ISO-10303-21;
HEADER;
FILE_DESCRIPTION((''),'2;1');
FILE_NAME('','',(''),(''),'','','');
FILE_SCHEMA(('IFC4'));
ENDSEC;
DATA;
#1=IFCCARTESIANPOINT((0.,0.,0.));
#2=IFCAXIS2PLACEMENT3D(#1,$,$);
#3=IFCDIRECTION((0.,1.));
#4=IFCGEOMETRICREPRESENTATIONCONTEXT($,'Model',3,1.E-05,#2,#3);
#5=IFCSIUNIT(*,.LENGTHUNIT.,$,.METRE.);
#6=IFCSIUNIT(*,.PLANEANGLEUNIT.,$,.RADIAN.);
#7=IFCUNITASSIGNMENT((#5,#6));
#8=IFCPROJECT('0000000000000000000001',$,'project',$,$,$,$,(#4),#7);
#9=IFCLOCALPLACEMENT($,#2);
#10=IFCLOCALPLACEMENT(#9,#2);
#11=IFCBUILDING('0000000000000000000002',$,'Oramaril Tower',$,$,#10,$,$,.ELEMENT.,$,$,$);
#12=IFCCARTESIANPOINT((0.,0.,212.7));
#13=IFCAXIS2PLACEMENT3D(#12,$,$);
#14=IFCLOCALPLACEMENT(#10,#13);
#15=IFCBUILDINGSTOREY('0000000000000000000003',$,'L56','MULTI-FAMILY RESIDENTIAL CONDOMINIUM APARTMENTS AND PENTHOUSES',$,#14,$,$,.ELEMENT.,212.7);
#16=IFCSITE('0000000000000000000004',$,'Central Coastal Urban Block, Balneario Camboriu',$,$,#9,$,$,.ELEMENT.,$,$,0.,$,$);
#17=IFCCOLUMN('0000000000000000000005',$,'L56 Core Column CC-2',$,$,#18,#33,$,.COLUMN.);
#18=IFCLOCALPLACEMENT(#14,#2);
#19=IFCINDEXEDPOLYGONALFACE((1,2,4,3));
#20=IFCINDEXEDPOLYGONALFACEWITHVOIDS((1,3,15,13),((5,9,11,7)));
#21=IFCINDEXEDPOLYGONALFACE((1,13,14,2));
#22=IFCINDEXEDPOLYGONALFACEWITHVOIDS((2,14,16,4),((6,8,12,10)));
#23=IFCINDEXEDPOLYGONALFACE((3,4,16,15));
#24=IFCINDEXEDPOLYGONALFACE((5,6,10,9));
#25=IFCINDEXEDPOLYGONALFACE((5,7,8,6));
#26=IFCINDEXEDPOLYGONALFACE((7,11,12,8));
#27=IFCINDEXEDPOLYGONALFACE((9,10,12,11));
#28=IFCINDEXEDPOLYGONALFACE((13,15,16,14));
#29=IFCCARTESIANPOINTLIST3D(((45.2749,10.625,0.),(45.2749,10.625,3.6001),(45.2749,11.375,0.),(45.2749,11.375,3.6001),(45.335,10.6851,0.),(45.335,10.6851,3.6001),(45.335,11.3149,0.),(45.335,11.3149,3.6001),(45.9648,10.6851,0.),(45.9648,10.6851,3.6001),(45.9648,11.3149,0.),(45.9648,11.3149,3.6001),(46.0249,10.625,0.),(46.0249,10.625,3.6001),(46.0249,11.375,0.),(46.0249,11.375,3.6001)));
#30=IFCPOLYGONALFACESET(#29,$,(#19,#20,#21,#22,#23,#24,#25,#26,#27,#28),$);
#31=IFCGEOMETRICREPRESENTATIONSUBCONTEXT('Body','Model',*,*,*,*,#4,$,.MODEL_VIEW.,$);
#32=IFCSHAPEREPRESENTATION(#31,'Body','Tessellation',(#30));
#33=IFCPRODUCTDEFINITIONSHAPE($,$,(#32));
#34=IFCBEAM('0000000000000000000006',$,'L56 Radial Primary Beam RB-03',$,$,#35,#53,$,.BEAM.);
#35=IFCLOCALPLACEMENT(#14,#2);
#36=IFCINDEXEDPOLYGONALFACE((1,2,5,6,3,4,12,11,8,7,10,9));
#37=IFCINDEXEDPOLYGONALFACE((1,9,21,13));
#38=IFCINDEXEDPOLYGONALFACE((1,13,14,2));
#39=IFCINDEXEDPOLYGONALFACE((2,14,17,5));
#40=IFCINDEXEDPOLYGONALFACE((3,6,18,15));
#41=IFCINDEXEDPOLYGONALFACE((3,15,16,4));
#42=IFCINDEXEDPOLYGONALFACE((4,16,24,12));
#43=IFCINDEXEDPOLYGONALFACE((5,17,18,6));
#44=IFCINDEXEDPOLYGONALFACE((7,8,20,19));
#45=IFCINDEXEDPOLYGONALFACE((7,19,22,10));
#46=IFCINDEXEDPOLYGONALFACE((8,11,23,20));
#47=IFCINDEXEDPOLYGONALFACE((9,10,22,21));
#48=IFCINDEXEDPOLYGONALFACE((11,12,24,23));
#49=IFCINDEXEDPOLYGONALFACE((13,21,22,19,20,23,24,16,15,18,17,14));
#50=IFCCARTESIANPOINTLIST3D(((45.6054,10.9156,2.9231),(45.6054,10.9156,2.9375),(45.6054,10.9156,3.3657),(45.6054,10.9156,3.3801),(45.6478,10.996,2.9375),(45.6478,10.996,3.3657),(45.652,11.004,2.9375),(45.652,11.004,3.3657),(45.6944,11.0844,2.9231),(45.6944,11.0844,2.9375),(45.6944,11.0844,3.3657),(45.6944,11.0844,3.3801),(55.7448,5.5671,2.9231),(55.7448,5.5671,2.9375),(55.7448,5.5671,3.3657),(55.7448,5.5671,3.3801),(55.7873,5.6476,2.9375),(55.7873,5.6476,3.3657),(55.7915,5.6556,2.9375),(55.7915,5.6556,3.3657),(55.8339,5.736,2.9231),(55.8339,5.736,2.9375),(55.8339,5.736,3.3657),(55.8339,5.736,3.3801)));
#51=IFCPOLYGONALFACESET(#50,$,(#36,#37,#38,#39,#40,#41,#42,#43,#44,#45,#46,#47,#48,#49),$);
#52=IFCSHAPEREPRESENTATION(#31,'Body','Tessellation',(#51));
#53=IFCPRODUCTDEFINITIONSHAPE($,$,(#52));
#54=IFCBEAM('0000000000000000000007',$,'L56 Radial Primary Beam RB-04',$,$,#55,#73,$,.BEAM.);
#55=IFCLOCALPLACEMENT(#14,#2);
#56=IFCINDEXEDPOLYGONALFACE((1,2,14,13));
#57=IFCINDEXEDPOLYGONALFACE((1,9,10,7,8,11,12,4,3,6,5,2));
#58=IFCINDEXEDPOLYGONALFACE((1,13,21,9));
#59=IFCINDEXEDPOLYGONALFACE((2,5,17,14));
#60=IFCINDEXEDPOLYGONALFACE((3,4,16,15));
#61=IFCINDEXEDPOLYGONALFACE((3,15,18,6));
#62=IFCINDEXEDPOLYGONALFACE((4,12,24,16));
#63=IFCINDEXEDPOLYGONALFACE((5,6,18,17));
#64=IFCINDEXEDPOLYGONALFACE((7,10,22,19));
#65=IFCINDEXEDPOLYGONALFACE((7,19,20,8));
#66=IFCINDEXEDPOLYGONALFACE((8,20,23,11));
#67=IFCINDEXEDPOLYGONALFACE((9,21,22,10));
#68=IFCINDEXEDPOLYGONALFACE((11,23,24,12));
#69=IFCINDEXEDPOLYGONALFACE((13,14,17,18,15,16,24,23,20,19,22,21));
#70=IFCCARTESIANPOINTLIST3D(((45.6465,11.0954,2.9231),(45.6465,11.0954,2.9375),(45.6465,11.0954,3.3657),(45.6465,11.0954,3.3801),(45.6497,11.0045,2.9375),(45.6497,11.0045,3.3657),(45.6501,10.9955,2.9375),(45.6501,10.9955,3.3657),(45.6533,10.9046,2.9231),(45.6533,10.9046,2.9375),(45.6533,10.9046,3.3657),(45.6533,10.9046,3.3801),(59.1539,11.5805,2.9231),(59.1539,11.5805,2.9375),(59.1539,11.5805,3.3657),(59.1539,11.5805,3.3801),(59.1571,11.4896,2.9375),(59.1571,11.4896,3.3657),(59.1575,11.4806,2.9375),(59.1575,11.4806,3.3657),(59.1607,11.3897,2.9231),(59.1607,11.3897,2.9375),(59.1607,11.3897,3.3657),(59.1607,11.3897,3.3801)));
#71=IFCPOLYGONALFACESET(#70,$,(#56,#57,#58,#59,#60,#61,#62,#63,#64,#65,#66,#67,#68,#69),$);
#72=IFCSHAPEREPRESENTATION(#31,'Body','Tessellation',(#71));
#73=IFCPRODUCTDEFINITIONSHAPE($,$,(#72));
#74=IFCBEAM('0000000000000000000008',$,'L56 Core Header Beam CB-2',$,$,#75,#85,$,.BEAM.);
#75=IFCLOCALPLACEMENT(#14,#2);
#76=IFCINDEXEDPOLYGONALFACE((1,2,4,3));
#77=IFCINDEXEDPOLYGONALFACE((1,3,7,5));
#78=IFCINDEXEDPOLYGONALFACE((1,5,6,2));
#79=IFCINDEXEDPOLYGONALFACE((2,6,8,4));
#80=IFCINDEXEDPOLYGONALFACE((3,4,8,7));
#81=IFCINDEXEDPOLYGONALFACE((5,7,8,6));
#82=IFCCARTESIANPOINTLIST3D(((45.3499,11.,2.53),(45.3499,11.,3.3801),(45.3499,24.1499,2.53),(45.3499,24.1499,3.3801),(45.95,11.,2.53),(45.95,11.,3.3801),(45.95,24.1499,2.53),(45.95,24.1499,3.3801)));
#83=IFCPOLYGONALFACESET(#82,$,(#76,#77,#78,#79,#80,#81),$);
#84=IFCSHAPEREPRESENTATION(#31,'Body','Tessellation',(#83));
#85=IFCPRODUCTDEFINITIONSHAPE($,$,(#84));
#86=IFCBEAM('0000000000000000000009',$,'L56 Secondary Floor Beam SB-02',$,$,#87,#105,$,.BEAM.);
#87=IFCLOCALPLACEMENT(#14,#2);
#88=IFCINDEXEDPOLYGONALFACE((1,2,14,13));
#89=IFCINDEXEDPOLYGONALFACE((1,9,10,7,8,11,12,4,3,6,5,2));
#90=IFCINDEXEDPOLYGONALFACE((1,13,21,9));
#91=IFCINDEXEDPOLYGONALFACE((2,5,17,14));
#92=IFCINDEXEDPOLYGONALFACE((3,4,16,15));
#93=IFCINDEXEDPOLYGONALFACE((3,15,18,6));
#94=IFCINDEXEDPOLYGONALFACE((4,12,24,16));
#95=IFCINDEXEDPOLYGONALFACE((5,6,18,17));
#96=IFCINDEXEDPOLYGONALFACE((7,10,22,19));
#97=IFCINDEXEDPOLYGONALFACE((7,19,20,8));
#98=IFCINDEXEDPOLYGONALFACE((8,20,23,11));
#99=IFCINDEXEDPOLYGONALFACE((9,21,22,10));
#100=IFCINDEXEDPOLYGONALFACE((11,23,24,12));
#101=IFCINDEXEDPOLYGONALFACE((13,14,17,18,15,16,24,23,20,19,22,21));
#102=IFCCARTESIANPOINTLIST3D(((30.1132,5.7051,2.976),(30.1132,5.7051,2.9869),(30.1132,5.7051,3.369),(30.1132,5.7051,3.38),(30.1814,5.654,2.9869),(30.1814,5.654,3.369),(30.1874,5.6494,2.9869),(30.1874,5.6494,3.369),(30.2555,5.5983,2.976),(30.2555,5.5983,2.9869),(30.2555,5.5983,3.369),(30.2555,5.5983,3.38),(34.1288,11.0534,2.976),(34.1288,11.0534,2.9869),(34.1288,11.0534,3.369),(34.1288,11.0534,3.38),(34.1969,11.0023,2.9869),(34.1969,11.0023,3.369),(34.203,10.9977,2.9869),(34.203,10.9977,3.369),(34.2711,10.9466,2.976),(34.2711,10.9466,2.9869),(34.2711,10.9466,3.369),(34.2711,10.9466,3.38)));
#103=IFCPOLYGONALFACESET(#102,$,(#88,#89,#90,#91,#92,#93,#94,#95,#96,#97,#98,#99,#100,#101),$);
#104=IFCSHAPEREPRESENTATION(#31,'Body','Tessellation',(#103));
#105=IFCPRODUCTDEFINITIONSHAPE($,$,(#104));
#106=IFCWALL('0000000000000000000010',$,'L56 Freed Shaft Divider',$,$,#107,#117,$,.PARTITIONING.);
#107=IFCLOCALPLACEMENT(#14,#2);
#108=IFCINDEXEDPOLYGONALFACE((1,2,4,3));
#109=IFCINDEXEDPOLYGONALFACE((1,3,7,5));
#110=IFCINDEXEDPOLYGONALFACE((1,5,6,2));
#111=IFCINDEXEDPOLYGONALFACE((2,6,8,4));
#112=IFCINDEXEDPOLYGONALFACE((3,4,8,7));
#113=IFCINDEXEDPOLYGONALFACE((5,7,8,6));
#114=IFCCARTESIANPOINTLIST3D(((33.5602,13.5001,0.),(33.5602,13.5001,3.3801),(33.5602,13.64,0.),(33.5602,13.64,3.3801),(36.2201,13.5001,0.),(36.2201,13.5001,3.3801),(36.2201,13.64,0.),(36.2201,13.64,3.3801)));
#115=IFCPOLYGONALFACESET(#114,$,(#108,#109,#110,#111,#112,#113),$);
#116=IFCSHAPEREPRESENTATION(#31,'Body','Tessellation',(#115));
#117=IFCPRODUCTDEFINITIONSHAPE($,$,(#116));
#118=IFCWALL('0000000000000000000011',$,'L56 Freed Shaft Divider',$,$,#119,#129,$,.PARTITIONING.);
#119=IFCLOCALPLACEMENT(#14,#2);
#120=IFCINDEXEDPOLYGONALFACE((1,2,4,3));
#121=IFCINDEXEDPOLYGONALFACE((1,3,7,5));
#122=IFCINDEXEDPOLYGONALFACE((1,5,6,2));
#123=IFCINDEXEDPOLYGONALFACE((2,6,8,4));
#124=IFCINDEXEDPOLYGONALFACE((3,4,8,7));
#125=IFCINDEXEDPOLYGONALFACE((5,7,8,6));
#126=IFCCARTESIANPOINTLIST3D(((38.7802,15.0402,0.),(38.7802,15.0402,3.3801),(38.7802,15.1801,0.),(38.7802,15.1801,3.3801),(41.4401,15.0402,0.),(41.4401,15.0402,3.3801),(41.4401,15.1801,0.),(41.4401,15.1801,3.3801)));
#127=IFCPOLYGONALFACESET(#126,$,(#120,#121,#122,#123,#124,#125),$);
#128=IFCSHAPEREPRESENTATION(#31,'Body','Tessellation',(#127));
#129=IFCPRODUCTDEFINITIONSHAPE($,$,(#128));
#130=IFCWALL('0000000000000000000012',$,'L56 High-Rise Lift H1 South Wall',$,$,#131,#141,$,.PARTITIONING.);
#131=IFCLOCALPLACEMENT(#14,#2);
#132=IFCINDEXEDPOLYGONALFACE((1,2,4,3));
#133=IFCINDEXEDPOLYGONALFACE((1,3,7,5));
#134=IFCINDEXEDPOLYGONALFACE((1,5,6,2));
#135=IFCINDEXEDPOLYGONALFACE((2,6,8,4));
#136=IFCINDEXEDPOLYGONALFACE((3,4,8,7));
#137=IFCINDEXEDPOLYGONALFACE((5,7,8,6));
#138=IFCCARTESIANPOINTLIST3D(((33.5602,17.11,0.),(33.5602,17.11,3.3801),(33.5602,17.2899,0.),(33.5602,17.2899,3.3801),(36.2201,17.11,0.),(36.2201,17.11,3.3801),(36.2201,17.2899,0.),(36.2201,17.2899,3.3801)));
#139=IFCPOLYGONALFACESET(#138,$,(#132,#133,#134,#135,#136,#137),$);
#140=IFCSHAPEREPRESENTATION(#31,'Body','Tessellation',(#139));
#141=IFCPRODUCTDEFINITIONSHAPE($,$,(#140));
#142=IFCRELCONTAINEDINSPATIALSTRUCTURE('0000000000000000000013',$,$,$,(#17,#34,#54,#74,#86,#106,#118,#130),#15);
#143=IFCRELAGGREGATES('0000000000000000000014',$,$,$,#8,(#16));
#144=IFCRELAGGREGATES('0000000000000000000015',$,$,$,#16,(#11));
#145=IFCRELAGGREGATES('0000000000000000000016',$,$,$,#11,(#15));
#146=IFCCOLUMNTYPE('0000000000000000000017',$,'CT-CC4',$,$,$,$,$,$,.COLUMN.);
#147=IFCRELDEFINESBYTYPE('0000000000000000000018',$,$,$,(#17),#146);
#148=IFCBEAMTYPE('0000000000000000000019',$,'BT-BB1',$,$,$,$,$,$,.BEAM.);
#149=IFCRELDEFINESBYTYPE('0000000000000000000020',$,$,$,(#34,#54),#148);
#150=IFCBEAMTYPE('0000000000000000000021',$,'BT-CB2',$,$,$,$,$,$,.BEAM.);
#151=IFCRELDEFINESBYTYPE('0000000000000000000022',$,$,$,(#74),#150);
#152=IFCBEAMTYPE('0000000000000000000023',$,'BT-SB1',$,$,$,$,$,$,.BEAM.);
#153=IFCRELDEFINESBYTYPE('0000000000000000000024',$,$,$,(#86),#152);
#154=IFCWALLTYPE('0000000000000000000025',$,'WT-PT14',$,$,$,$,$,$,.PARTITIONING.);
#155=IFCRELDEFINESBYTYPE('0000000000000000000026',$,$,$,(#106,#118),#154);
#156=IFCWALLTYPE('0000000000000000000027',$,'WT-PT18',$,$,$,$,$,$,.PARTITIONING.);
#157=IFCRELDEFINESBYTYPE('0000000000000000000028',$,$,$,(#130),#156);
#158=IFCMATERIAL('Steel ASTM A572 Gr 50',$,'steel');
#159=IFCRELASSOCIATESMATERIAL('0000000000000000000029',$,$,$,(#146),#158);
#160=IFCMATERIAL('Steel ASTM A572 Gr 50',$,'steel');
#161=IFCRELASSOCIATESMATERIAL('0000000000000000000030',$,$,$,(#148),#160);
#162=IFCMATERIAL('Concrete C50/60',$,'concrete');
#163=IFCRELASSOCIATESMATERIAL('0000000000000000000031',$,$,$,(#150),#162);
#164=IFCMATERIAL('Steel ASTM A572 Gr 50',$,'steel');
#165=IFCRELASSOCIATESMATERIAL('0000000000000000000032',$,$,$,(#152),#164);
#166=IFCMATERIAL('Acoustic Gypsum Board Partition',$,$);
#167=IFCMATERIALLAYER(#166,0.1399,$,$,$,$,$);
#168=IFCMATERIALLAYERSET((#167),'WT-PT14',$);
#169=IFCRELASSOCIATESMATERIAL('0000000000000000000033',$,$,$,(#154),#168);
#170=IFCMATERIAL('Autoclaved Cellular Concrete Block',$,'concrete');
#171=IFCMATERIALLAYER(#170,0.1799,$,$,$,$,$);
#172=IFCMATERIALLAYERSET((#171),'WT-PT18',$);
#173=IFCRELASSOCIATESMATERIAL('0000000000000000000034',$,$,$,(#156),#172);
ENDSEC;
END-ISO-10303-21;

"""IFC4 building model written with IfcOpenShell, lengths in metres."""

from ifc_helpers import new_model, si_unit, direction, frame, frame_2d, origin, origin_2d, place, context, subcontext, project, spatial, rectangle, hollow_rectangle, i_section, extrude, material, layer, layer_set, material_profile, profile_set, type_object, element, save


model = new_model("IFC4")

# Units and contexts
model_context = context("Model", 3, precision=1e-05, world=origin(), true_north=direction((0.0, 1.0)))
body_context = subcontext(model_context, "Body", "Model", "MODEL_VIEW")
ifc_project = project(units=[si_unit("LENGTHUNIT", "METRE"), si_unit("PLANEANGLEUNIT", "RADIAN")], contexts=[model_context])

# Site, building, storey
site_placement = place(None, origin())
site = spatial("IfcSite", under=ifc_project, at=site_placement, Name="Central Coastal Urban Block, Balneario Camboriu", CompositionType="ELEMENT", RefElevation=0.0)
building_placement = place(site_placement, origin())
building = spatial("IfcBuilding", under=site, at=building_placement, Name="Oramaril Tower", CompositionType="ELEMENT")
storey_placement = place(building_placement, frame((0.0, 0.0, 212.7)))
storey = spatial("IfcBuildingStorey", under=building, at=storey_placement, Name="L56", Description="MULTI-FAMILY RESIDENTIAL CONDOMINIUM APARTMENTS AND PENTHOUSES", CompositionType="ELEMENT", Elevation=212.7)

# Column
ifc_material_1 = material(Name="Steel ASTM A572 Gr 50", Category="steel")
ifc_material_profile_1 = material_profile(ifc_material_1, hollow_rectangle(XDim=0.75, YDim=0.75, WallThickness=0.0601, at=origin_2d()), Name="BOX750X750X60")
ifc_profile_set_1 = profile_set([ifc_material_profile_1], Name="Steel ASTM A572 Gr 50")
column_type = type_object("IfcColumnType", Name="CT-CC4", PredefinedType="COLUMN", material=ifc_profile_set_1)
column_placement = place(storey_placement, frame((45.6499, 11.0, 0.0), z_axis=(0.0, 0.0, 1.0), x_axis=(1.0, 0.0, 0.0)))
element("IfcColumn", 1, at=column_placement, inside=storey, type_object=column_type, Name="L56 Core Column CC-2", PredefinedType="COLUMN", context=body_context, shape_type="SweptSolid", body=[
    extrude(hollow_rectangle(XDim=0.75, YDim=0.75, WallThickness=0.0601, at=origin_2d()), origin(), (0.0, 0.0, 1.0), 3.6001),
])

# Beams
ifc_material_2 = material(Name="Steel ASTM A572 Gr 50", Category="steel")
ifc_material_profile_2 = material_profile(ifc_material_2, i_section(OverallWidth=0.1909, OverallDepth=0.457, WebThickness=0.009, FlangeThickness=0.0144, at=origin_2d()), Name="W18X50")
ifc_profile_set_2 = profile_set([ifc_material_profile_2], Name="Steel ASTM A572 Gr 50")
beam_type_1 = type_object("IfcBeamType", Name="BT-BB1", PredefinedType="BEAM", material=ifc_profile_set_2)
beam_1_placement = place(storey_placement, frame((45.6499, 11.0, 3.1516), z_axis=(0.884491, -0.466556, 0.0), x_axis=(0.466556, 0.884491, 0.0)))
element("IfcBeam", 2, at=beam_1_placement, inside=storey, type_object=beam_type_1, Name="L56 Radial Primary Beam RB-03", PredefinedType="BEAM", context=body_context, shape_type="SweptSolid", body=[
    extrude(i_section(OverallWidth=0.1909, OverallDepth=0.457, WebThickness=0.009, FlangeThickness=0.0144, at=origin_2d()), origin(), (0.0, 0.0, 1.0), 11.4636),
])
beam_2_placement = place(storey_placement, frame((45.6499, 11.0, 3.1516), z_axis=(0.999356, 0.035891, 0.0), x_axis=(-0.035891, 0.999356, 0.0)))
element("IfcBeam", 3, at=beam_2_placement, inside=storey, type_object=beam_type_1, Name="L56 Radial Primary Beam RB-04", PredefinedType="BEAM", context=body_context, shape_type="SweptSolid", body=[
    extrude(i_section(OverallWidth=0.1909, OverallDepth=0.457, WebThickness=0.009, FlangeThickness=0.0144, at=origin_2d()), origin(), (0.0, 0.0, 1.0), 13.5161),
])
ifc_material_3 = material(Name="Concrete C50/60", Category="concrete")
ifc_material_profile_3 = material_profile(ifc_material_3, rectangle(XDim=0.6001, YDim=0.8501, at=origin_2d()), Name="CB600X850")
ifc_profile_set_3 = profile_set([ifc_material_profile_3], Name="Concrete C50/60")
beam_type_2 = type_object("IfcBeamType", Name="BT-CB2", PredefinedType="BEAM", material=ifc_profile_set_3)
beam_3_placement = place(storey_placement, frame((45.6499, 11.0, 2.9551), z_axis=(0.0, 1.0, 0.0), x_axis=(-1.0, 0.0, 0.0)))
element("IfcBeam", 4, at=beam_3_placement, inside=storey, type_object=beam_type_2, Name="L56 Core Header Beam CB-2", PredefinedType="BEAM", context=body_context, shape_type="SweptSolid", body=[
    extrude(rectangle(XDim=0.6001, YDim=0.8501, at=origin_2d()), origin(), (0.0, 0.0, 1.0), 13.1499),
])
ifc_material_4 = material(Name="Steel ASTM A572 Gr 50", Category="steel")
ifc_material_profile_4 = material_profile(ifc_material_4, i_section(OverallWidth=0.178, OverallDepth=0.4041, WebThickness=0.0076, FlangeThickness=0.011, at=origin_2d()), Name="W16X36")
ifc_profile_set_4 = profile_set([ifc_material_profile_4], Name="Steel ASTM A572 Gr 50")
beam_type_3 = type_object("IfcBeamType", Name="BT-SB1", PredefinedType="BEAM", material=ifc_profile_set_4)
beam_4_placement = place(storey_placement, frame((34.2, 11.0, 3.178), z_axis=(-0.600415, -0.799689, 0.0), x_axis=(0.799689, -0.600415, 0.0)))
element("IfcBeam", 5, at=beam_4_placement, inside=storey, type_object=beam_type_3, Name="L56 Secondary Floor Beam SB-02", PredefinedType="BEAM", context=body_context, shape_type="SweptSolid", body=[
    extrude(i_section(OverallWidth=0.178, OverallDepth=0.4041, WebThickness=0.0076, FlangeThickness=0.011, at=origin_2d()), origin(), (0.0, 0.0, 1.0), 6.688),
])

# Walls
ifc_material_5 = material(Name="Acoustic Gypsum Board Partition")
ifc_layer_1 = layer(ifc_material_5, 0.1399)
ifc_layer_set_1 = layer_set([ifc_layer_1], Name="WT-PT14")
wall_type_1 = type_object("IfcWallType", Name="WT-PT14", PredefinedType="PARTITIONING", material=ifc_layer_set_1)
for number, where, z_axis, x_axis, name in (
    (6, (33.5601, 13.5701, 0.0), (0.0, 0.0, 1.0), (1.0, 0.0, 0.0), "L56 Freed Shaft Divider"),
    (7, (38.78, 15.1101, 0.0), (0.0, 0.0, 1.0), (1.0, 0.0, 0.0), "L56 Freed Shaft Divider"),
):
    element("IfcWall", number, at=place(storey_placement, frame(where, z_axis=z_axis, x_axis=x_axis)), inside=storey, type_object=wall_type_1, Name=name, PredefinedType="PARTITIONING", context=body_context, shape_type="SweptSolid", body=[
        extrude(rectangle(XDim=2.6599, YDim=0.1399, at=frame_2d((1.3301, 0.0))), origin(), (0.0, 0.0, 1.0), 3.3801),
    ])
ifc_material_6 = material(Name="Autoclaved Cellular Concrete Block", Category="concrete")
ifc_layer_2 = layer(ifc_material_6, 0.1799)
ifc_layer_set_2 = layer_set([ifc_layer_2], Name="WT-PT18")
wall_type_2 = type_object("IfcWallType", Name="WT-PT18", PredefinedType="PARTITIONING", material=ifc_layer_set_2)
wall_1_placement = place(storey_placement, frame((33.5601, 17.2, 0.0), z_axis=(0.0, 0.0, 1.0), x_axis=(1.0, 0.0, 0.0)))
element("IfcWall", 8, at=wall_1_placement, inside=storey, type_object=wall_type_2, Name="L56 High-Rise Lift H1 South Wall", PredefinedType="PARTITIONING", context=body_context, shape_type="SweptSolid", body=[
    extrude(rectangle(XDim=2.6599, YDim=0.1799, at=frame_2d((1.3301, 0.0))), origin(), (0.0, 0.0, 1.0), 3.3801),
])

save(model, "model.ifc")
